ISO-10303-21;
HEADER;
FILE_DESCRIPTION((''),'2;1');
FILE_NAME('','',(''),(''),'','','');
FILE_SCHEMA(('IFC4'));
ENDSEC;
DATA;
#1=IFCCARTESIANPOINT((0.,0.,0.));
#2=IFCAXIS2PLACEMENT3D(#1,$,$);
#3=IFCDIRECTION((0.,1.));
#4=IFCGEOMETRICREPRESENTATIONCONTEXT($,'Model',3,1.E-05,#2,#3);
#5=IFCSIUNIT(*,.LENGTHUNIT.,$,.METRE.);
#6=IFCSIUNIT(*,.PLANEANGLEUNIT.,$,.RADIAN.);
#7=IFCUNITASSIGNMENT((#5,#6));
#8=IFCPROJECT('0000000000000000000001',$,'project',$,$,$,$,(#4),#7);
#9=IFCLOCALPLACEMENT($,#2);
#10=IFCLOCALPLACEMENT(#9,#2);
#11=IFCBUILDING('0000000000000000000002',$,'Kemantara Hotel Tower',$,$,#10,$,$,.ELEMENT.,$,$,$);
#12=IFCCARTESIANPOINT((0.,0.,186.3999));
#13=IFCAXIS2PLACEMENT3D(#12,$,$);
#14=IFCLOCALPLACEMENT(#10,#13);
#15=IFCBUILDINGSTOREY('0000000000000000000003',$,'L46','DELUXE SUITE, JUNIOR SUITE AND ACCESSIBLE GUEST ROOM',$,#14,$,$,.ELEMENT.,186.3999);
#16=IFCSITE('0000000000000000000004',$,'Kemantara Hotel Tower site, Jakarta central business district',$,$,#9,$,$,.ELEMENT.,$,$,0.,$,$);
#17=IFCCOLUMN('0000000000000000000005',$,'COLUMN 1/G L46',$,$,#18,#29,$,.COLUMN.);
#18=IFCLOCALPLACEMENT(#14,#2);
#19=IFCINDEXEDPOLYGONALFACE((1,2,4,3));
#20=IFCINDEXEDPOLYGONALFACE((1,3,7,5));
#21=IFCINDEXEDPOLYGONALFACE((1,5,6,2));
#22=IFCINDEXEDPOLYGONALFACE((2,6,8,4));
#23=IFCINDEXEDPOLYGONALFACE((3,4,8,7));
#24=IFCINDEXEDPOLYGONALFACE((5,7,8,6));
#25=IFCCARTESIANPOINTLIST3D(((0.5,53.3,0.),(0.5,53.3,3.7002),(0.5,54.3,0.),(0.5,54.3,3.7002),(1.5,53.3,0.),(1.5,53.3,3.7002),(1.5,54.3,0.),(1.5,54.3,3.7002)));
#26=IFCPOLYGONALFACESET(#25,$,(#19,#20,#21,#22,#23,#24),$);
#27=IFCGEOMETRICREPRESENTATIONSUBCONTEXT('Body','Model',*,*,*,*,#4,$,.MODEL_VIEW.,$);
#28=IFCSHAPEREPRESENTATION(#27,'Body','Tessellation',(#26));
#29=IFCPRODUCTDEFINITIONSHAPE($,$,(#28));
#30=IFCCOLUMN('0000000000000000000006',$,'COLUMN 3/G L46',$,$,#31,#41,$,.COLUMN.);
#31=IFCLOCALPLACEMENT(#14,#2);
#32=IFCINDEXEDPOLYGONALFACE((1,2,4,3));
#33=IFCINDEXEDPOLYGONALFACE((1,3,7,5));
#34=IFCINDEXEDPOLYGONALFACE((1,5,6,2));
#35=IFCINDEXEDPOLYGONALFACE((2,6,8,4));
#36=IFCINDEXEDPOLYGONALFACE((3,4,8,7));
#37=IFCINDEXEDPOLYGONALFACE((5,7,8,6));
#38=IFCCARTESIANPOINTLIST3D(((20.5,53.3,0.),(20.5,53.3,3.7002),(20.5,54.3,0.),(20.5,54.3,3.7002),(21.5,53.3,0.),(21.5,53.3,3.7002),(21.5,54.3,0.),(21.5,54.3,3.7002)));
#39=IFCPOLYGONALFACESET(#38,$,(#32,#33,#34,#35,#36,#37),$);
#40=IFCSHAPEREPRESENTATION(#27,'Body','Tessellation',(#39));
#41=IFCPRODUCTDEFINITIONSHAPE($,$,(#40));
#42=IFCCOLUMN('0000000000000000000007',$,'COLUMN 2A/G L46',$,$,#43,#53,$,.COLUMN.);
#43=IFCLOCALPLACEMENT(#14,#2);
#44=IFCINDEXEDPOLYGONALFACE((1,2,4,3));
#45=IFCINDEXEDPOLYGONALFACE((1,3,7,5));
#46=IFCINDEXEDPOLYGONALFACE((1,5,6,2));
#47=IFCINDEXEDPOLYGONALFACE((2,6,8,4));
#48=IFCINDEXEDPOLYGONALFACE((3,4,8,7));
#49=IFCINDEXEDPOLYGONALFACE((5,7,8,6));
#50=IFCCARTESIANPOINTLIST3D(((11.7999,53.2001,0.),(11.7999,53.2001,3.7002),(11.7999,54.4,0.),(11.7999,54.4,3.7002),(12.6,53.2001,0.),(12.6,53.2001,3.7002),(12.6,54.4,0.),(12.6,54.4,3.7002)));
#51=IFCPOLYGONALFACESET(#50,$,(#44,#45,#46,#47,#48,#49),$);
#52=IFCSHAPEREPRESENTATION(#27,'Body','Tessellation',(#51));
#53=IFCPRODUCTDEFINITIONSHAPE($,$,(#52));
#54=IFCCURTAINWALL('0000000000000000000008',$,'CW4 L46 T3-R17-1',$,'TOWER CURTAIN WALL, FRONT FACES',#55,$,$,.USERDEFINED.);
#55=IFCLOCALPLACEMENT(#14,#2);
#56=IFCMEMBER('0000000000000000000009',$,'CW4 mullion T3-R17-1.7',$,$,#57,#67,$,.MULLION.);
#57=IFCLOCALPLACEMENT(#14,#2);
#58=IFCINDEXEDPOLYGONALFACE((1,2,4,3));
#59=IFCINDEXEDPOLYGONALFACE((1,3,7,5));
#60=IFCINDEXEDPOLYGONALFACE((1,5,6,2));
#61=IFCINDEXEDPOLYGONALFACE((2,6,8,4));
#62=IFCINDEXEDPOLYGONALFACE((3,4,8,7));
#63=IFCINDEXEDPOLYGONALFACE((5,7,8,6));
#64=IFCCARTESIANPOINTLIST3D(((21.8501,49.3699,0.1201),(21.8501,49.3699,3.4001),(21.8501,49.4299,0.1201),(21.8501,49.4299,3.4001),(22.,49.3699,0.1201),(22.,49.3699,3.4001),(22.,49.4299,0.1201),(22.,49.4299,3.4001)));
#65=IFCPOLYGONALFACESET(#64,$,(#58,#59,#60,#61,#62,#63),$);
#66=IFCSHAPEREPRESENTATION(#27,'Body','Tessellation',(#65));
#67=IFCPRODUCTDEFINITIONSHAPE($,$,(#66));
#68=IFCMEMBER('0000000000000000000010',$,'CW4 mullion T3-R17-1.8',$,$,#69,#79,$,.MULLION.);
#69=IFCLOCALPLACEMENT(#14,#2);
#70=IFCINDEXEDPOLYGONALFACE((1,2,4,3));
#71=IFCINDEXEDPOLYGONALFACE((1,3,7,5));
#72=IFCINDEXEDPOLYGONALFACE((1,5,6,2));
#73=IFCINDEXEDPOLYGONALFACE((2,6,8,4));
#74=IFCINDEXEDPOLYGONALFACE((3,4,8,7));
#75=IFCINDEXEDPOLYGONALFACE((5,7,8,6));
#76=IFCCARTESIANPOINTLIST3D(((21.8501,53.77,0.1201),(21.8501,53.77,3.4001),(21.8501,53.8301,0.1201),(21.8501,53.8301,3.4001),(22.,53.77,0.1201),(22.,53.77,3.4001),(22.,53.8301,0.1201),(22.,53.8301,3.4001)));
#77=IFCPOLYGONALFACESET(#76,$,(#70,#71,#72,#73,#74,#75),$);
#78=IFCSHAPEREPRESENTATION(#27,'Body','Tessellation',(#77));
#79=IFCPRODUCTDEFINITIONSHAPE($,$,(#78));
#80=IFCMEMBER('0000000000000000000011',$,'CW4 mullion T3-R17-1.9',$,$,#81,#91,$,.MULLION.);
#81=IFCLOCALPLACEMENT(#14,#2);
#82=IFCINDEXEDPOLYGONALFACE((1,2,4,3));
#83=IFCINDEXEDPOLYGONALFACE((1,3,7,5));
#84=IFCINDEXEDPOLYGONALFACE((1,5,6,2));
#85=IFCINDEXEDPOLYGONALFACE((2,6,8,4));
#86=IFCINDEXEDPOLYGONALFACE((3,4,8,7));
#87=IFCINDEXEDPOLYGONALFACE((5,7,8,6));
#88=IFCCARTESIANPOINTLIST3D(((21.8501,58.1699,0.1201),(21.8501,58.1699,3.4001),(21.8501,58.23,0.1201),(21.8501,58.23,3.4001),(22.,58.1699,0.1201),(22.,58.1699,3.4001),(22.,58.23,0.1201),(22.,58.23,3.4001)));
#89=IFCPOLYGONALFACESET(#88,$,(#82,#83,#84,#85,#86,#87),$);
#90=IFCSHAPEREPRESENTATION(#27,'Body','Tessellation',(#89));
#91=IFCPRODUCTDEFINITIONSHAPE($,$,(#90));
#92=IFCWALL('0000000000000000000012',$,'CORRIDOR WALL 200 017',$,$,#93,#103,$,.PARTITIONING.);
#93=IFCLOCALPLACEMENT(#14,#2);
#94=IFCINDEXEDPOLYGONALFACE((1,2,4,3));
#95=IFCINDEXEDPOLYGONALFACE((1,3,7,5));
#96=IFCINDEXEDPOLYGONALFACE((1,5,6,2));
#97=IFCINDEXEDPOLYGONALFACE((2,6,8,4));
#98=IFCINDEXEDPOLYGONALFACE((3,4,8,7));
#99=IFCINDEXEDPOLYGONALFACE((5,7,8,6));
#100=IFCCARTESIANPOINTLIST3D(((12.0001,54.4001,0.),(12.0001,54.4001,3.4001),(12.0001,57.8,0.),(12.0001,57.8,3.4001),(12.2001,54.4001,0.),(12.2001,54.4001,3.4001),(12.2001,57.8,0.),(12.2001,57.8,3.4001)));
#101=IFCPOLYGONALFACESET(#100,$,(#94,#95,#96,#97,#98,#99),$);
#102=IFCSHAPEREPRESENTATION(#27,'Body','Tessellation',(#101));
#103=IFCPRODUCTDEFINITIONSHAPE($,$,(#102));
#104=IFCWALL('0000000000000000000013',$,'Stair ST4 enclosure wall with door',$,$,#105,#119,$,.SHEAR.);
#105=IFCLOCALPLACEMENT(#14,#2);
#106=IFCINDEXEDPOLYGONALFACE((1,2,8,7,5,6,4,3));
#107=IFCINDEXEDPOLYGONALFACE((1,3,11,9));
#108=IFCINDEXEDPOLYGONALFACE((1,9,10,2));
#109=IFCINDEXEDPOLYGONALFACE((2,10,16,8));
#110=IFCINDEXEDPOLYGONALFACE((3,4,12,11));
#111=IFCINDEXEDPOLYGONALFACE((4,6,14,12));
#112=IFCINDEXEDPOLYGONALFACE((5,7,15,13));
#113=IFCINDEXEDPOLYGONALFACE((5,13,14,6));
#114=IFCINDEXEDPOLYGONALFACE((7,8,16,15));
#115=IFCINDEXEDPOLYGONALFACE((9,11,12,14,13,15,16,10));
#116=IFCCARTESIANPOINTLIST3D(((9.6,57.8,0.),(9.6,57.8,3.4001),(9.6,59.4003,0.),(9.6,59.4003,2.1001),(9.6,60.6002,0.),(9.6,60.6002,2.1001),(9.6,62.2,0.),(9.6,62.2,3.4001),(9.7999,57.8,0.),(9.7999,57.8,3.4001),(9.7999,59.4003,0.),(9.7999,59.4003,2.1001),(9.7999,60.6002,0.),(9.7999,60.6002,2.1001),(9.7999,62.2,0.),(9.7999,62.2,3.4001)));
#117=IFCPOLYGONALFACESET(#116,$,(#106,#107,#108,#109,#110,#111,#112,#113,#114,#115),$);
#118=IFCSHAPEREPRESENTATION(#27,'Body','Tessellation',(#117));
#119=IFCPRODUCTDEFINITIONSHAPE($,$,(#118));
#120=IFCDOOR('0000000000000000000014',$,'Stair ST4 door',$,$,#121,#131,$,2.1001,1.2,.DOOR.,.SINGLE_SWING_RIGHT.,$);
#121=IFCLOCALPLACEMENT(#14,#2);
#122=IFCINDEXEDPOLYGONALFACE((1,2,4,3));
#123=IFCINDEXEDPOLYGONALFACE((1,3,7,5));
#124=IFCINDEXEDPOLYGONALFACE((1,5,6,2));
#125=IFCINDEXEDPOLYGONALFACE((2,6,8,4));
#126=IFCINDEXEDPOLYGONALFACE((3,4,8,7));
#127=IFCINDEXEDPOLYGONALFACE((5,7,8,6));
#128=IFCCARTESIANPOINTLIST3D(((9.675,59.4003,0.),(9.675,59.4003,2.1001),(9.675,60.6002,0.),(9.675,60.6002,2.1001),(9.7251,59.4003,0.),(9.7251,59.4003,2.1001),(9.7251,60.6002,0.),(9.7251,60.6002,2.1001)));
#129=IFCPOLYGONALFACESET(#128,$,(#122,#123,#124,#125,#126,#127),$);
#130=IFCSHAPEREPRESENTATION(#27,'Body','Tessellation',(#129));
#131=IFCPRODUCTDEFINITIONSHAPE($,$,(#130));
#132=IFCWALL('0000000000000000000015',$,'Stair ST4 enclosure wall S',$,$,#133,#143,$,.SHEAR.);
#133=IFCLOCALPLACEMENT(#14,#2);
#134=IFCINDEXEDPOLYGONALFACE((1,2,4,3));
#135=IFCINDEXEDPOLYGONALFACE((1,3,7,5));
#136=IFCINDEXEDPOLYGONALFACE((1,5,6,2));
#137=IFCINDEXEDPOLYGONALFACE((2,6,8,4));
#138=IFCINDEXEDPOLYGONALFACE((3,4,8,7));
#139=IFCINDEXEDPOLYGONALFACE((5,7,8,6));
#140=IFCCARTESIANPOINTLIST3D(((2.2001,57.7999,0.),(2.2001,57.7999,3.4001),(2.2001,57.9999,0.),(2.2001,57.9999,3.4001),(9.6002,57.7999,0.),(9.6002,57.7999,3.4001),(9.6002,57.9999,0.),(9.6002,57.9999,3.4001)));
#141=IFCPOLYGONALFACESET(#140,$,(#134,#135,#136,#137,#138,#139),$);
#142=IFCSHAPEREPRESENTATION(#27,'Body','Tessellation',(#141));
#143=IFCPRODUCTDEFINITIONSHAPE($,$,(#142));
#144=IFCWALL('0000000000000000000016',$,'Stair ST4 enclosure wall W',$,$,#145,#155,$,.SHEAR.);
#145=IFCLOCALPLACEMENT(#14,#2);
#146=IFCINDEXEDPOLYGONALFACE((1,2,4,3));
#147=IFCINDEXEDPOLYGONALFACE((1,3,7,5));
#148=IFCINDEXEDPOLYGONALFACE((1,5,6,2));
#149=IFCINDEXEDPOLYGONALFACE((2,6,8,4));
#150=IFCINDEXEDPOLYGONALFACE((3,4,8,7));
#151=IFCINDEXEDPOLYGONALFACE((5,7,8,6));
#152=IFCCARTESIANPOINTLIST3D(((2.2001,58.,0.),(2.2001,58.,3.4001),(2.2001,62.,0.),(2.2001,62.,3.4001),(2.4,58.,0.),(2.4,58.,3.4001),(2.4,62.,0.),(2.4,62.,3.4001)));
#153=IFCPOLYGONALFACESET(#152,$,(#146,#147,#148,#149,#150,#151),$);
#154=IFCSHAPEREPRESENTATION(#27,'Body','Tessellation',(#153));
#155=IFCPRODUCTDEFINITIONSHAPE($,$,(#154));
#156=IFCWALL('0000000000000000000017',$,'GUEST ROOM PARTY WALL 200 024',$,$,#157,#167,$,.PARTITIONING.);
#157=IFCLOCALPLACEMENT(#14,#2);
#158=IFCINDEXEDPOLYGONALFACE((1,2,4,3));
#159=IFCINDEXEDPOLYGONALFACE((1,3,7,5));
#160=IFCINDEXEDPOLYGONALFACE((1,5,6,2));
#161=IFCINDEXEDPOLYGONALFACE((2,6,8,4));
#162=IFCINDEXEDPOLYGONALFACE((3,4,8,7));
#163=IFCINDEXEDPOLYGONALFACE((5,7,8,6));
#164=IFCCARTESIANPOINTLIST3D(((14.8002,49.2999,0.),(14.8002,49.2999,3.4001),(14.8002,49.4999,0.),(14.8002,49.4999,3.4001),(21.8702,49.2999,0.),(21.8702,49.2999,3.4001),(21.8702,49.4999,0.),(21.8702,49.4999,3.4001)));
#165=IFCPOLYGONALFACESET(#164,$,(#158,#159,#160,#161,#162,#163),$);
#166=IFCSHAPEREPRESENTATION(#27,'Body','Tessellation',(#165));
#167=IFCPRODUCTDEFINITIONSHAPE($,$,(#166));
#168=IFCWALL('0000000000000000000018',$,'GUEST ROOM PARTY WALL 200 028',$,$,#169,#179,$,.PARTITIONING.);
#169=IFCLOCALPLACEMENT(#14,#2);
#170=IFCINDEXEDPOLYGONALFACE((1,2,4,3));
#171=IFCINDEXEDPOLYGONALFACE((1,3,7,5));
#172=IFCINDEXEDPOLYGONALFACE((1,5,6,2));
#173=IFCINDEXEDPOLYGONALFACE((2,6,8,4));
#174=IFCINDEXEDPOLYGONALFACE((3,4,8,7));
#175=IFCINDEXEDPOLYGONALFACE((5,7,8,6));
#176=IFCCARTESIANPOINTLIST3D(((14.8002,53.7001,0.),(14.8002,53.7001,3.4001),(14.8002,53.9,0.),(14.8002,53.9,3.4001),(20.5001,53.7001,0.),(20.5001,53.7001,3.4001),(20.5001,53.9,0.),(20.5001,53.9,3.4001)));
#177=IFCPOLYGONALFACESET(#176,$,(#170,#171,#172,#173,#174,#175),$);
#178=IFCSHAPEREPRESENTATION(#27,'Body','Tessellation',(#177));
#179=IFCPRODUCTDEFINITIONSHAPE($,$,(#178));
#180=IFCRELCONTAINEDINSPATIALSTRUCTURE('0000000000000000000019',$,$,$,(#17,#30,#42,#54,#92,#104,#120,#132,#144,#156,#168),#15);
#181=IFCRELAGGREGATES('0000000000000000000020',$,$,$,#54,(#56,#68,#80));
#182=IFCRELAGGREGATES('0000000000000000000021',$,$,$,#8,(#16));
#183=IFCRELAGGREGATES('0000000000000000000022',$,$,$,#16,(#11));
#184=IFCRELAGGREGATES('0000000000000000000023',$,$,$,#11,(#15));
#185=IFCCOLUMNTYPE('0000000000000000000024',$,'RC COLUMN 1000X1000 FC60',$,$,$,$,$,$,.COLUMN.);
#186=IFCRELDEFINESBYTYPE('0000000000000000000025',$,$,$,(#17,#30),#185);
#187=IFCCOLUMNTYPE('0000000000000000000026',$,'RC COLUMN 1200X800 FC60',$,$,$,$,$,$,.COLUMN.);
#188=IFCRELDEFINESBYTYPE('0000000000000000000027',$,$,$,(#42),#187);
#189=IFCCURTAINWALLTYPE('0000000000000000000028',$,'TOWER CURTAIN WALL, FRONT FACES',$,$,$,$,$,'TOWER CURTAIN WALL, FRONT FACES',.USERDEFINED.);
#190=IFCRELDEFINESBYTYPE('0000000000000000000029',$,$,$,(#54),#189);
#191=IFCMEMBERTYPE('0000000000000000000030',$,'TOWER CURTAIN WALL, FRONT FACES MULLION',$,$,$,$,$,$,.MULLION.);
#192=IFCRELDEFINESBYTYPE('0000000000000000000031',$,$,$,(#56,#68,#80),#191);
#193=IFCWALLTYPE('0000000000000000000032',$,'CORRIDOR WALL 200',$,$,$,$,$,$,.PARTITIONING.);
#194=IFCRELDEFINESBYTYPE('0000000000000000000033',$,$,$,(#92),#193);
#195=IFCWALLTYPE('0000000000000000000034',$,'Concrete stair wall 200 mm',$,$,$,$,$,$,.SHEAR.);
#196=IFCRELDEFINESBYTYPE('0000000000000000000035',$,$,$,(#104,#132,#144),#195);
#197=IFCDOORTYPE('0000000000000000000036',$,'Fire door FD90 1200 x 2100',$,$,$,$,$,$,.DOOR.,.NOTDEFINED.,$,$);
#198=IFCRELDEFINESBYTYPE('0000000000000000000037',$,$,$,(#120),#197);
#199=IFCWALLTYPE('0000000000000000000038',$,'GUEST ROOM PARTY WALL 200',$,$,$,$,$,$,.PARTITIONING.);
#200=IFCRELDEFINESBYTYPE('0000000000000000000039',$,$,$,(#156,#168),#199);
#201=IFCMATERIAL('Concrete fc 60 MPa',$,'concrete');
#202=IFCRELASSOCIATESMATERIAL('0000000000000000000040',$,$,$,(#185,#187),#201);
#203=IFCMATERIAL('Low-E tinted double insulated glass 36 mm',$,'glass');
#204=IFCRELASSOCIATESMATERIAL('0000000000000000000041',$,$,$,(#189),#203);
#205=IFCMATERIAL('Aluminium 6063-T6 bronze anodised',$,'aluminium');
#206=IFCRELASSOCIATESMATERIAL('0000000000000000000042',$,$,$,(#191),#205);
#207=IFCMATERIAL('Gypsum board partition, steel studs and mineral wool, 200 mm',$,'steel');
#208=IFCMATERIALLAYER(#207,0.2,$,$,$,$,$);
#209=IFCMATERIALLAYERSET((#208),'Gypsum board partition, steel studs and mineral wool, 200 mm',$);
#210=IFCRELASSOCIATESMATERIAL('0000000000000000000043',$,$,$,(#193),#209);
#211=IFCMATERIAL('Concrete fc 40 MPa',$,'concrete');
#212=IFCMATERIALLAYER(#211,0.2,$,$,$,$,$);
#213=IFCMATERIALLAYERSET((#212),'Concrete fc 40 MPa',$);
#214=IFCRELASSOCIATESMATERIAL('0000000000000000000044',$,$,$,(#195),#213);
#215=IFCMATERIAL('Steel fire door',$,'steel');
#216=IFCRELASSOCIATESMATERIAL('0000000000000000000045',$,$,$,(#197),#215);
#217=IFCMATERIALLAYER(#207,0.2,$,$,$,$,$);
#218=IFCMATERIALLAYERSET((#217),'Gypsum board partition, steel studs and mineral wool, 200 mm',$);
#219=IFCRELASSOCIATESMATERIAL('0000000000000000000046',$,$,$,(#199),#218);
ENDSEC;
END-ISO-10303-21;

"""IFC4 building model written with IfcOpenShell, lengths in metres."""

from ifc_helpers import new_model, si_unit, direction, frame, frame_2d, origin, origin_2d, place, context, subcontext, project, spatial, rectangle, extrude, source, transform, mapped, material, layer, layer_set, material_profile, profile_set, type_object, element, fill, aggregate, save


model = new_model("IFC4")

# Units and contexts
model_context = context("Model", 3, precision=1e-05, world=origin(), true_north=direction((0.0, 1.0)))
body_context = subcontext(model_context, "Body", "Model", "MODEL_VIEW")
ifc_project = project(units=[si_unit("LENGTHUNIT", "METRE"), si_unit("PLANEANGLEUNIT", "RADIAN")], contexts=[model_context])

# Site, building, storey
site_placement = place(None, origin())
site = spatial("IfcSite", under=ifc_project, at=site_placement, Name="Kemantara Hotel Tower site, Jakarta central business district", CompositionType="ELEMENT", RefElevation=0.0)
building_placement = place(site_placement, origin())
building = spatial("IfcBuilding", under=site, at=building_placement, Name="Kemantara Hotel Tower", CompositionType="ELEMENT")
storey_placement = place(building_placement, frame((0.0, 0.0, 186.3999)))
storey = spatial("IfcBuildingStorey", under=building, at=storey_placement, Name="L46", Description="DELUXE SUITE, JUNIOR SUITE AND ACCESSIBLE GUEST ROOM", CompositionType="ELEMENT", Elevation=186.3999)

# Columns
ifc_material_1 = material(Name="Concrete fc 60 MPa", Category="concrete")
ifc_material_profile_1 = material_profile(ifc_material_1, rectangle(XDim=1.0, YDim=1.0, at=origin_2d()), Name="RC 1000X1000")
ifc_profile_set_1 = profile_set([ifc_material_profile_1], Name="Concrete fc 60 MPa")
column_type_1 = type_object("IfcColumnType", Name="RC COLUMN 1000X1000 FC60", PredefinedType="COLUMN", material=ifc_profile_set_1)
for number, where, z_axis, x_axis, name in (
    (1, (1.0, 53.8, 0.0), (0.0, 0.0, 1.0), (1.0, 0.0, 0.0), "COLUMN 1/G L46"),
    (2, (21.0, 53.8, 0.0), (0.0, 0.0, 1.0), (1.0, 0.0, 0.0), "COLUMN 3/G L46"),
):
    element("IfcColumn", number, at=place(storey_placement, frame(where, z_axis=z_axis, x_axis=x_axis)), inside=storey, type_object=column_type_1, Name=name, PredefinedType="COLUMN", context=body_context, shape_type="SweptSolid", body=[
        extrude(rectangle(XDim=1.0, YDim=1.0, at=origin_2d()), origin(), (0.0, 0.0, 1.0), 3.7002),
    ])
ifc_material_profile_2 = material_profile(ifc_material_1, rectangle(XDim=1.2, YDim=0.8, at=origin_2d()), Name="RC 1200X800")
ifc_profile_set_2 = profile_set([ifc_material_profile_2], Name="Concrete fc 60 MPa")
column_type_2 = type_object("IfcColumnType", Name="RC COLUMN 1200X800 FC60", PredefinedType="COLUMN", material=ifc_profile_set_2)
column_placement = place(storey_placement, frame((12.2, 53.8, 0.0), z_axis=(0.0, 0.0, 1.0), x_axis=(0.0, 1.0, 0.0)))
element("IfcColumn", 3, at=column_placement, inside=storey, type_object=column_type_2, Name="COLUMN 2A/G L46", PredefinedType="COLUMN", context=body_context, shape_type="SweptSolid", body=[
    extrude(rectangle(XDim=1.2, YDim=0.8, at=origin_2d()), origin(), (0.0, 0.0, 1.0), 3.7002),
])

# Curtain wall, members
ifc_material_2 = material(Name="Low-E tinted double insulated glass 36 mm", Category="glass")
curtain_wall_type = type_object("IfcCurtainWallType", Name="TOWER CURTAIN WALL, FRONT FACES", ElementType="TOWER CURTAIN WALL, FRONT FACES", PredefinedType="USERDEFINED", material=ifc_material_2)
curtain_wall_placement = place(storey_placement, origin())
curtain_wall = element("IfcCurtainWall", 4, at=curtain_wall_placement, inside=storey, type_object=curtain_wall_type, Name="CW4 L46 T3-R17-1", ObjectType="TOWER CURTAIN WALL, FRONT FACES", PredefinedType="USERDEFINED")
ifc_material_3 = material(Name="Aluminium 6063-T6 bronze anodised", Category="aluminium")
ifc_material_profile_3 = material_profile(ifc_material_3, rectangle(XDim=0.1499, YDim=0.0601, at=origin_2d()), Name="TOWER CURTAIN WALL, FRONT FACES MULLION")
ifc_profile_set_3 = profile_set([ifc_material_profile_3], Name="Aluminium 6063-T6 bronze anodised")
member_type = type_object("IfcMemberType", Name="TOWER CURTAIN WALL, FRONT FACES MULLION", PredefinedType="MULLION", material=ifc_profile_set_3)
shared_shape_1 = source(origin(), body_context, "Body", "SweptSolid", [
    extrude(rectangle(XDim=0.1499, YDim=0.0601, at=origin_2d()), origin(), (0.0, 0.0, 1.0), 3.28),
])
member_1_placement = place(storey_placement, frame((21.925, 49.3999, 0.1201), z_axis=(0.0, 0.0, 1.0), x_axis=(-1.0, 0.0, 0.0)))
member_1 = element("IfcMember", 5, at=member_1_placement, type_object=member_type, Name="CW4 mullion T3-R17-1.7", PredefinedType="MULLION", context=body_context, shape_type="MappedRepresentation", body=[
    mapped(shared_shape_1, transform((0.0, 0.0, 0.0))),
])
member_2_placement = place(storey_placement, frame((21.925, 53.8, 0.1201), z_axis=(0.0, 0.0, 1.0), x_axis=(-1.0, 0.0, 0.0)))
member_2 = element("IfcMember", 6, at=member_2_placement, type_object=member_type, Name="CW4 mullion T3-R17-1.8", PredefinedType="MULLION", context=body_context, shape_type="MappedRepresentation", body=[
    mapped(shared_shape_1, transform((0.0, 0.0, 0.0))),
])
member_3_placement = place(storey_placement, frame((21.925, 58.2, 0.1201), z_axis=(0.0, 0.0, 1.0), x_axis=(-1.0, 0.0, 0.0)))
member_3 = element("IfcMember", 7, at=member_3_placement, type_object=member_type, Name="CW4 mullion T3-R17-1.9", PredefinedType="MULLION", context=body_context, shape_type="MappedRepresentation", body=[
    mapped(shared_shape_1, transform((0.0, 0.0, 0.0))),
])
aggregate(curtain_wall, [member_1, member_2, member_3])

# Wall
ifc_material_4 = material(Name="Gypsum board partition, steel studs and mineral wool, 200 mm", Category="steel")
ifc_layer_1 = layer(ifc_material_4, 0.2)
ifc_layer_set_1 = layer_set([ifc_layer_1], Name="Gypsum board partition, steel studs and mineral wool, 200 mm")
wall_type_1 = type_object("IfcWallType", Name="CORRIDOR WALL 200", PredefinedType="PARTITIONING", material=ifc_layer_set_1)
wall_1_placement = place(storey_placement, frame((12.1001, 54.4001, 0.0), z_axis=(0.0, 0.0, 1.0), x_axis=(0.0, 1.0, 0.0)))
element("IfcWall", 8, at=wall_1_placement, inside=storey, type_object=wall_type_1, Name="CORRIDOR WALL 200 017", PredefinedType="PARTITIONING", context=body_context, shape_type="SweptSolid", body=[
    extrude(rectangle(XDim=3.3999, YDim=0.2, at=frame_2d((1.7, 0.0))), origin(), (0.0, 0.0, 1.0), 3.4001),
])

# Wall, opening, door
ifc_material_5 = material(Name="Concrete fc 40 MPa", Category="concrete")
ifc_layer_2 = layer(ifc_material_5, 0.2)
ifc_layer_set_2 = layer_set([ifc_layer_2], Name="Concrete fc 40 MPa")
wall_type_2 = type_object("IfcWallType", Name="Concrete stair wall 200 mm", PredefinedType="SHEAR", material=ifc_layer_set_2)
wall_2_placement = place(storey_placement, frame((9.7, 57.8, 0.0), z_axis=(0.0, 0.0, 1.0), x_axis=(0.0, 1.0, 0.0)))
wall_2 = element("IfcWall", 9, at=wall_2_placement, inside=storey, type_object=wall_type_2, Name="Stair ST4 enclosure wall with door", PredefinedType="SHEAR", context=body_context, shape_type="SweptSolid", body=[
    extrude(rectangle(XDim=4.3999, YDim=0.2, at=frame_2d((2.2, 0.0))), origin(), (0.0, 0.0, 1.0), 3.4001),
])
opening_1_placement = place(wall_2_placement, frame((1.6001, 0.0, 0.0)))
opening_1 = element("IfcOpeningElement", 10, at=opening_1_placement, cuts=wall_2, PredefinedType="OPENING", context=body_context, shape_type="SweptSolid", body=[
    extrude(rectangle(XDim=1.2, YDim=2.1001, at=frame_2d((0.6001, 1.05))), frame((0.0, 0.1099, 0.0), z_axis=(0.0, -1.0, 0.0), x_axis=(1.0, 0.0, 0.0)), (0.0, 0.0, 1.0), 0.22),
])
ifc_material_6 = material(Name="Steel fire door", Category="steel")
door_type_1 = type_object("IfcDoorType", Name="Fire door FD90 1200 x 2100", OperationType="NOTDEFINED", PredefinedType="DOOR", material=ifc_material_6)
door_1_placement = place(opening_1_placement, origin())
door_1 = element("IfcDoor", 11, at=door_1_placement, inside=storey, type_object=door_type_1, Name="Stair ST4 door", OperationType="SINGLE_SWING_RIGHT", OverallHeight=2.1001, OverallWidth=1.2, PredefinedType="DOOR", context=body_context, shape_type="SweptSolid", body=[
    extrude(rectangle(XDim=1.2, YDim=2.1001, at=frame_2d((0.6001, 1.05))), frame((0.0, 0.0249, 0.0), z_axis=(0.0, -1.0, 0.0), x_axis=(1.0, 0.0, 0.0)), (0.0, 0.0, 1.0), 0.05),
])
fill(opening_1, door_1)

# Walls
wall_3_placement = place(storey_placement, frame((2.2, 57.8999, 0.0), z_axis=(0.0, 0.0, 1.0), x_axis=(1.0, 0.0, 0.0)))
element("IfcWall", 12, at=wall_3_placement, inside=storey, type_object=wall_type_2, Name="Stair ST4 enclosure wall S", PredefinedType="SHEAR", context=body_context, shape_type="SweptSolid", body=[
    extrude(rectangle(XDim=7.4001, YDim=0.2, at=frame_2d((3.7002, 0.0))), origin(), (0.0, 0.0, 1.0), 3.4001),
])
wall_4_placement = place(storey_placement, frame((2.3, 58.0, 0.0), z_axis=(0.0, 0.0, 1.0), x_axis=(0.0, 1.0, 0.0)))
element("IfcWall", 13, at=wall_4_placement, inside=storey, type_object=wall_type_2, Name="Stair ST4 enclosure wall W", PredefinedType="SHEAR", context=body_context, shape_type="SweptSolid", body=[
    extrude(rectangle(XDim=4.0, YDim=0.2, at=frame_2d((2.0, 0.0))), origin(), (0.0, 0.0, 1.0), 3.4001),
])
ifc_layer_3 = layer(ifc_material_4, 0.2)
ifc_layer_set_3 = layer_set([ifc_layer_3], Name="Gypsum board partition, steel studs and mineral wool, 200 mm")
wall_type_3 = type_object("IfcWallType", Name="GUEST ROOM PARTY WALL 200", PredefinedType="PARTITIONING", material=ifc_layer_set_3)
wall_5_placement = place(storey_placement, frame((14.8, 49.3999, 0.0), z_axis=(0.0, 0.0, 1.0), x_axis=(1.0, 0.0, 0.0)))
element("IfcWall", 14, at=wall_5_placement, inside=storey, type_object=wall_type_3, Name="GUEST ROOM PARTY WALL 200 024", PredefinedType="PARTITIONING", context=body_context, shape_type="SweptSolid", body=[
    extrude(rectangle(XDim=7.0701, YDim=0.2, at=frame_2d((3.5352, 0.0))), origin(), (0.0, 0.0, 1.0), 3.4001),
])
wall_6_placement = place(storey_placement, frame((14.8, 53.8, 0.0), z_axis=(0.0, 0.0, 1.0), x_axis=(1.0, 0.0, 0.0)))
element("IfcWall", 15, at=wall_6_placement, inside=storey, type_object=wall_type_3, Name="GUEST ROOM PARTY WALL 200 028", PredefinedType="PARTITIONING", context=body_context, shape_type="SweptSolid", body=[
    extrude(rectangle(XDim=5.7, YDim=0.2, at=frame_2d((2.8501, 0.0))), origin(), (0.0, 0.0, 1.0), 3.4001),
])

save(model, "model.ifc")
